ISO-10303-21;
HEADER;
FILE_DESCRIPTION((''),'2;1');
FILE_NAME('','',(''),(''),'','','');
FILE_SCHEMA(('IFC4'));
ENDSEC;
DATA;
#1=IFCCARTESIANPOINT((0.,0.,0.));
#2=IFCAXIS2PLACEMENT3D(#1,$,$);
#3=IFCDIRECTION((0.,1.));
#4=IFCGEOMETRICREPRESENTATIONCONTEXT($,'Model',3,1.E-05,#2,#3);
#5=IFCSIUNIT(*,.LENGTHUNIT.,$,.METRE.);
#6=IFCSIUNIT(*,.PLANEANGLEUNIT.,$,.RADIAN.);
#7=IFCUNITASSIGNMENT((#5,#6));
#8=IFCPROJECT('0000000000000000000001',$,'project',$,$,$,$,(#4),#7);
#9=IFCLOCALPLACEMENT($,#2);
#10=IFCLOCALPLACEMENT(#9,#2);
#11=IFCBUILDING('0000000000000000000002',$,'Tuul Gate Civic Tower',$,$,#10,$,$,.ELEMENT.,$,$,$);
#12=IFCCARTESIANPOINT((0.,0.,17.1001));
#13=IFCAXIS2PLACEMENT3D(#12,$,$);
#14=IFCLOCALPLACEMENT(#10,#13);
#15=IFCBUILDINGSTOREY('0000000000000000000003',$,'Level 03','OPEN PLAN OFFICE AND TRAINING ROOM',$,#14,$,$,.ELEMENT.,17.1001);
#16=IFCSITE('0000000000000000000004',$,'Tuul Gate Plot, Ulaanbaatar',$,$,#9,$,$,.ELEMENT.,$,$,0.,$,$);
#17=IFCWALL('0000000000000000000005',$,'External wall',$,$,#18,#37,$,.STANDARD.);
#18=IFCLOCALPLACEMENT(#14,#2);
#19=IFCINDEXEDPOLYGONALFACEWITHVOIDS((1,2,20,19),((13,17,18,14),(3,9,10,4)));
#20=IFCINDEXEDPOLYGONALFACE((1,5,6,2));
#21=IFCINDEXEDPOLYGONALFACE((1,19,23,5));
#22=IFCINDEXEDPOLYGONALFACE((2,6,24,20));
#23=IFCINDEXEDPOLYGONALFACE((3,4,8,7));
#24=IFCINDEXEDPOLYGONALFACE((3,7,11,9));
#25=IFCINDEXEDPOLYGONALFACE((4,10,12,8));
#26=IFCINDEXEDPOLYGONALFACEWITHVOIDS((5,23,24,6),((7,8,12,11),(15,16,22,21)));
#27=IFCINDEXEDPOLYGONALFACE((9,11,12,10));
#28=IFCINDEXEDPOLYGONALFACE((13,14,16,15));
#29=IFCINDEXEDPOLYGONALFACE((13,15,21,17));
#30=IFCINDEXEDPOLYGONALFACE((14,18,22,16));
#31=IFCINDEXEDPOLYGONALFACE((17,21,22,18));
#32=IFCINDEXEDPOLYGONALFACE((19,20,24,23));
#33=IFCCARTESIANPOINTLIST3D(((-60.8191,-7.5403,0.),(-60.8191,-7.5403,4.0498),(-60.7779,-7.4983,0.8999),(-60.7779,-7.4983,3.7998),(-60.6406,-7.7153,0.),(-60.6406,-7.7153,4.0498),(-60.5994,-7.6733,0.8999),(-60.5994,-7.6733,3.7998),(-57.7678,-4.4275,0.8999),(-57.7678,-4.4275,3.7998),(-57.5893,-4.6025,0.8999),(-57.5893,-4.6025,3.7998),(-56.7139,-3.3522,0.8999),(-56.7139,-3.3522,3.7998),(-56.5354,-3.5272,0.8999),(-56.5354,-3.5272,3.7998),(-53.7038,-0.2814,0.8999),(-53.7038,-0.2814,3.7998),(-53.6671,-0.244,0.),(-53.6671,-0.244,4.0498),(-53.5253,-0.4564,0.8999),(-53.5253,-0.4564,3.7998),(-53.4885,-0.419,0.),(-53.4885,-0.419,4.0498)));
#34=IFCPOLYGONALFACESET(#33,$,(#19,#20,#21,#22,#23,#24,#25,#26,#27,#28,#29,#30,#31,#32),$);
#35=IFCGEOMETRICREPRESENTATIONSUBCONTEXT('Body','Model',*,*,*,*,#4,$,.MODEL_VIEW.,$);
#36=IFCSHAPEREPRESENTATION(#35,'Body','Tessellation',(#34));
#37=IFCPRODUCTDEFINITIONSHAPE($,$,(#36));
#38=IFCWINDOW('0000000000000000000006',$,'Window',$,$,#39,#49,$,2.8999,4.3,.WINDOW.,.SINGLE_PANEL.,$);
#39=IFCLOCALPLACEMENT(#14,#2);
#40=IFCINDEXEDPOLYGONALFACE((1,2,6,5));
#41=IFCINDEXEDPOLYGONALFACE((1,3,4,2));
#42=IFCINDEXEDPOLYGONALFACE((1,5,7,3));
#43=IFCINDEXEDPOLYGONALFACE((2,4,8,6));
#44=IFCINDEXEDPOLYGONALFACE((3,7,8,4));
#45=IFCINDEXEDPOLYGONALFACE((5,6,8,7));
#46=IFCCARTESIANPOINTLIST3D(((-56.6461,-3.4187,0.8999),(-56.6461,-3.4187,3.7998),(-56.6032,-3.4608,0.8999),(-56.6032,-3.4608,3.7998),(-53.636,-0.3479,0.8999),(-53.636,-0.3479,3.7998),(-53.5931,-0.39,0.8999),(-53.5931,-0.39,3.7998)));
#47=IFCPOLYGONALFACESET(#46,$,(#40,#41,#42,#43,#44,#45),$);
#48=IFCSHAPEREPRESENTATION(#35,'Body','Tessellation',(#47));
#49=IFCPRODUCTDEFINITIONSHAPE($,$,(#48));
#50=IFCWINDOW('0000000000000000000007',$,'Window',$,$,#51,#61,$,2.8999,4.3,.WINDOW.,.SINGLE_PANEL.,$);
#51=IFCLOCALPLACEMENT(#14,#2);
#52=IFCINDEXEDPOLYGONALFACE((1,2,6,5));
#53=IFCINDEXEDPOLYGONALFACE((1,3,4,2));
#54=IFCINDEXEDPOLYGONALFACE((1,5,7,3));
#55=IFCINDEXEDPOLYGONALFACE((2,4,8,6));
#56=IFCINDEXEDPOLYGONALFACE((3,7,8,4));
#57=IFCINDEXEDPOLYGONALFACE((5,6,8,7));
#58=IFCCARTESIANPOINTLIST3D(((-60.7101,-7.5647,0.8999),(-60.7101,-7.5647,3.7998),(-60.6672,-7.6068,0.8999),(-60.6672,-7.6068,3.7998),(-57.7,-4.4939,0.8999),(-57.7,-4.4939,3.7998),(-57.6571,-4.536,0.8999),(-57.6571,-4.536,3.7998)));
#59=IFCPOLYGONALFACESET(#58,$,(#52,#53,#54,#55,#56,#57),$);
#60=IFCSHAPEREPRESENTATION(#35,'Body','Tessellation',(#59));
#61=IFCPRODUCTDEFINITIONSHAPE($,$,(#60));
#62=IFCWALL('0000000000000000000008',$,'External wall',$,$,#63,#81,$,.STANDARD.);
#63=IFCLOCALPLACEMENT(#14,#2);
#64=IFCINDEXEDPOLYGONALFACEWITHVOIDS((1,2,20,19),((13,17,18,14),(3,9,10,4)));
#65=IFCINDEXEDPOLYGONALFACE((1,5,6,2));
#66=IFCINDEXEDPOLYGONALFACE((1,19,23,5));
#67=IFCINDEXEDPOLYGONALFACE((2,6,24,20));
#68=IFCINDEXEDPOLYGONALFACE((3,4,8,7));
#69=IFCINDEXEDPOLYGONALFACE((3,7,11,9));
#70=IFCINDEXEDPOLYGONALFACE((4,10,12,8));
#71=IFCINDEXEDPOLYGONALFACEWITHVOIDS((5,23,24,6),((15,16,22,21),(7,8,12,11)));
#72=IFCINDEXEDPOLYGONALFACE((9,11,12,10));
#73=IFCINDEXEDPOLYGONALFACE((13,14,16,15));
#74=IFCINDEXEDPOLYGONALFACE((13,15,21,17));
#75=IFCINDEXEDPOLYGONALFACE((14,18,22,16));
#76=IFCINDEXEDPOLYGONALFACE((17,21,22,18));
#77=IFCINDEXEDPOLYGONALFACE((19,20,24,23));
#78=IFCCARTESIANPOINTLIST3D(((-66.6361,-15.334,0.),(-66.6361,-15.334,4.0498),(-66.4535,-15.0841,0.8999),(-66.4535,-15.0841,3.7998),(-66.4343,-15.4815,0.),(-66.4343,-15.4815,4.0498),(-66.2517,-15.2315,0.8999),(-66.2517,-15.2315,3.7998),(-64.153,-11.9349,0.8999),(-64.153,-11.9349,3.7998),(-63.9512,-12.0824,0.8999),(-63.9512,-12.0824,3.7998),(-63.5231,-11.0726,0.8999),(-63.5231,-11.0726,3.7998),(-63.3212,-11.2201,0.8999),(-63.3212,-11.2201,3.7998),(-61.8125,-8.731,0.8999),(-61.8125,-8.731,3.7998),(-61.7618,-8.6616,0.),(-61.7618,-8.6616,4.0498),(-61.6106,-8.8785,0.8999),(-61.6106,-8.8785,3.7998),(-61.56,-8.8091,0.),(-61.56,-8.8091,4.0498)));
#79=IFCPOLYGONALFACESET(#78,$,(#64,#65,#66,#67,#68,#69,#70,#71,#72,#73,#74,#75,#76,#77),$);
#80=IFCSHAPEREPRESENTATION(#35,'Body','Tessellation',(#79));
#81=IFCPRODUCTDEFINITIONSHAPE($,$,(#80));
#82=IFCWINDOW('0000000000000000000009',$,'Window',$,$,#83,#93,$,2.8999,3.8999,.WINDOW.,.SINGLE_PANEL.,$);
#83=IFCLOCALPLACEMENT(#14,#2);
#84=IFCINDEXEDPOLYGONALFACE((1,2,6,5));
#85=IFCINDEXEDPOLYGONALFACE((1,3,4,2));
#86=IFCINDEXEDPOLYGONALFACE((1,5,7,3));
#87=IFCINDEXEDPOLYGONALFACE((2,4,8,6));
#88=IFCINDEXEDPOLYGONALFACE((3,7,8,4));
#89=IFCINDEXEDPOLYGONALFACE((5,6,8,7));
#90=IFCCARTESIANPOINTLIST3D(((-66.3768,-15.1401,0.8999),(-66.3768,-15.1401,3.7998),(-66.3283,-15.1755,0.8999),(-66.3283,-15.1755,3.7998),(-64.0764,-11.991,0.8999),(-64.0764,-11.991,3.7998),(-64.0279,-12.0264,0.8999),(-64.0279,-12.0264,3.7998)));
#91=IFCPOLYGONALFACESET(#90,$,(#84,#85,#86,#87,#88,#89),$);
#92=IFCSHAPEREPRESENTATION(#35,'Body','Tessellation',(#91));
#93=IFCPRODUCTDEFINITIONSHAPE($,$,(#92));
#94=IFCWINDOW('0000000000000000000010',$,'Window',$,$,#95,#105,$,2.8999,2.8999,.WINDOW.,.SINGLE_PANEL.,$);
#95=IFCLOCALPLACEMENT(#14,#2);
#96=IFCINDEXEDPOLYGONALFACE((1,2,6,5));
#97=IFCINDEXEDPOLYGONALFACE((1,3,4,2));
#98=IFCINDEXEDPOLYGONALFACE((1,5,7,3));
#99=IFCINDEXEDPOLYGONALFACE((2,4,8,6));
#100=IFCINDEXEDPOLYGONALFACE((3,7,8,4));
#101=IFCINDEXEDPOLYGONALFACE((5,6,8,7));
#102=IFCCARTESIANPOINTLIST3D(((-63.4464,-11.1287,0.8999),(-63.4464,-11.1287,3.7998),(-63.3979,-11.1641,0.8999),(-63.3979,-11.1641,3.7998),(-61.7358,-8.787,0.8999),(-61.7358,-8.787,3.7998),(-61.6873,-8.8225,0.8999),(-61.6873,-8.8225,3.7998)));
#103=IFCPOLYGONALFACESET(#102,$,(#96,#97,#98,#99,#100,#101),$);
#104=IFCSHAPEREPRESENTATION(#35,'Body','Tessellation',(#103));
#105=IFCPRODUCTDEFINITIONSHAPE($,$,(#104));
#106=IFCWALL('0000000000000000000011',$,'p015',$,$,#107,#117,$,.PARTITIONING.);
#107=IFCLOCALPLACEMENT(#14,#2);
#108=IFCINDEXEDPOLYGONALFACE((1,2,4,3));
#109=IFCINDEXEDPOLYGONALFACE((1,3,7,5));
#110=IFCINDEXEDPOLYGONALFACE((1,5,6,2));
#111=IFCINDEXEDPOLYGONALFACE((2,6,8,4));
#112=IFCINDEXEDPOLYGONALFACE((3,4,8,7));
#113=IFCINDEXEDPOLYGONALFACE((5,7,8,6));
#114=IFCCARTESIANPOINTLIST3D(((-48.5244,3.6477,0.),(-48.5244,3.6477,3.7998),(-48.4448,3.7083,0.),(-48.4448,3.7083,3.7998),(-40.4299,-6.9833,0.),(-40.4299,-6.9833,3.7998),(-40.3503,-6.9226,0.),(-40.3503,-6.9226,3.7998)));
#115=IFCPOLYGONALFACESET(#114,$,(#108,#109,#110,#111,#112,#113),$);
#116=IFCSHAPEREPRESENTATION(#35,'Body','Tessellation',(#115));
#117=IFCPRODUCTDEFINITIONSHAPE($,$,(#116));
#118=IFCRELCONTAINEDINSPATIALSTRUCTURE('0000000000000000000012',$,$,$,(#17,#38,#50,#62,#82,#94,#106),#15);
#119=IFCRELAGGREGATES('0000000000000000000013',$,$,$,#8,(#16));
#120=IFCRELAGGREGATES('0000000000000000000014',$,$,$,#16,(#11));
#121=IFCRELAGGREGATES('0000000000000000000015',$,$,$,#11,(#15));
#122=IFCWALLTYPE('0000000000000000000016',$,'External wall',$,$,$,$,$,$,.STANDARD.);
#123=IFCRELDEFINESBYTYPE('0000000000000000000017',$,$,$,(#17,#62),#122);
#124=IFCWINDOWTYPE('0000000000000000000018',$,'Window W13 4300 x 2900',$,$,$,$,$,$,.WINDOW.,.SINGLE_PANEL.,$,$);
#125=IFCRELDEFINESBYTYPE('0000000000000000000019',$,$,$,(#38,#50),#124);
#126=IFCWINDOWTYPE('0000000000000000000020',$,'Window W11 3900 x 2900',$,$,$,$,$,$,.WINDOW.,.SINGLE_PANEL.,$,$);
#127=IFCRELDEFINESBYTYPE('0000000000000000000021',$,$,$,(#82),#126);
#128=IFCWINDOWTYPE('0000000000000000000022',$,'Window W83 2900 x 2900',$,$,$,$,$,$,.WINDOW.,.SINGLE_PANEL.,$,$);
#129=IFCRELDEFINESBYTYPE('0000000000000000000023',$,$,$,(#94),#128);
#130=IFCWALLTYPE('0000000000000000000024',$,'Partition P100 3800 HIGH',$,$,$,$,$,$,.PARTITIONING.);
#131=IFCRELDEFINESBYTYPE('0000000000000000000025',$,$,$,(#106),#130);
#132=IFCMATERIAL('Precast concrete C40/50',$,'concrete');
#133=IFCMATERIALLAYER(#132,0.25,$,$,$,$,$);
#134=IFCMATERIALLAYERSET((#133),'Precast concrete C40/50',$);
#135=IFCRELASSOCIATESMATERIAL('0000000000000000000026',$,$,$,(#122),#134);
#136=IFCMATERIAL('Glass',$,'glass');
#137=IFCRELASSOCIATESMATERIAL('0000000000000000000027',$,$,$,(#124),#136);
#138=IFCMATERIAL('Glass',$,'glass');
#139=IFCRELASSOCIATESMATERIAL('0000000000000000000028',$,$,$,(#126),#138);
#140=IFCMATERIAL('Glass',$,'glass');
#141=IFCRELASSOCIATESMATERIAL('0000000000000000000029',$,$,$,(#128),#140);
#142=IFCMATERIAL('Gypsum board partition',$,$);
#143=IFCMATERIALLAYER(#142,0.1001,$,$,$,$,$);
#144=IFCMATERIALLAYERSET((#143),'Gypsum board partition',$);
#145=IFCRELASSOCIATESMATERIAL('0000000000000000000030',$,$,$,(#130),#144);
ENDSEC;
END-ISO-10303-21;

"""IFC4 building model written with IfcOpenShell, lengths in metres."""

from ifc_helpers import new_model, si_unit, direction, frame, frame_2d, origin, place, context, subcontext, project, spatial, rectangle, extrude, material, layer, layer_set, type_object, element, fill, save


model = new_model("IFC4")

# Units and contexts
model_context = context("Model", 3, precision=1e-05, world=origin(), true_north=direction((0.0, 1.0)))
body_context = subcontext(model_context, "Body", "Model", "MODEL_VIEW")
ifc_project = project(units=[si_unit("LENGTHUNIT", "METRE"), si_unit("PLANEANGLEUNIT", "RADIAN")], contexts=[model_context])

# Site, building, storey
site_placement = place(None, origin())
site = spatial("IfcSite", under=ifc_project, at=site_placement, Name="Tuul Gate Plot, Ulaanbaatar", CompositionType="ELEMENT", RefElevation=0.0)
building_placement = place(site_placement, origin())
building = spatial("IfcBuilding", under=site, at=building_placement, Name="Tuul Gate Civic Tower", CompositionType="ELEMENT")
storey_placement = place(building_placement, frame((0.0, 0.0, 17.1001)))
storey = spatial("IfcBuildingStorey", under=building, at=storey_placement, Name="Level 03", Description="OPEN PLAN OFFICE AND TRAINING ROOM", CompositionType="ELEMENT", Elevation=17.1001)

# Walls, openings, windows
ifc_material_1 = material(Name="Precast concrete C40/50", Category="concrete")
ifc_layer_1 = layer(ifc_material_1, 0.25)
ifc_layer_set_1 = layer_set([ifc_layer_1], Name="Precast concrete C40/50")
wall_type_1 = type_object("IfcWallType", Name="External wall", PredefinedType="STANDARD", material=ifc_layer_set_1)
ifc_material_2 = material(Name="Glass", Category="glass")
window_type_1 = type_object("IfcWindowType", Name="Window W13 4300 x 2900", PartitioningType="SINGLE_PANEL", PredefinedType="WINDOW", material=ifc_material_2)
wall_1_placement = place(storey_placement, frame((-53.5779, -0.3315, 0.0), z_axis=(0.0, 0.0, 1.0), x_axis=(-0.70001, -0.714133, 0.0)))
wall_1 = element("IfcWall", 1, at=wall_1_placement, inside=storey, type_object=wall_type_1, Name="External wall", PredefinedType="STANDARD", context=body_context, shape_type="SweptSolid", body=[
    extrude(rectangle(XDim=10.217, YDim=0.25, at=frame_2d((5.1084, 0.0))), origin(), (0.0, 0.0, 1.0), 4.0498),
])
opening_1_placement = place(wall_1_placement, frame((0.0525, 0.0, 0.8999)))
opening_1 = element("IfcOpeningElement", 2, at=opening_1_placement, cuts=wall_1, PredefinedType="OPENING", context=body_context, shape_type="SweptSolid", body=[
    extrude(rectangle(XDim=4.3, YDim=2.8999, at=frame_2d((2.1499, 1.45))), frame((0.0, 0.135, 0.0), z_axis=(0.0, -1.0, 0.0), x_axis=(1.0, 0.0, 0.0)), (0.0, 0.0, 1.0), 0.27),
])
opening_2_placement = place(wall_1_placement, frame((5.8582, 0.0, 0.8999)))
opening_2 = element("IfcOpeningElement", 3, at=opening_2_placement, cuts=wall_1, PredefinedType="OPENING", context=body_context, shape_type="SweptSolid", body=[
    extrude(rectangle(XDim=4.3, YDim=2.8999, at=frame_2d((2.1499, 1.45))), frame((0.0, 0.135, 0.0), z_axis=(0.0, -1.0, 0.0), x_axis=(1.0, 0.0, 0.0)), (0.0, 0.0, 1.0), 0.27),
])
window_1_placement = place(opening_1_placement, origin())
window_1 = element("IfcWindow", 4, at=window_1_placement, inside=storey, type_object=window_type_1, Name="Window", OverallHeight=2.8999, OverallWidth=4.3, PartitioningType="SINGLE_PANEL", PredefinedType="WINDOW", context=body_context, shape_type="SweptSolid", body=[
    extrude(rectangle(XDim=4.3, YDim=2.8999, at=frame_2d((2.1499, 1.45))), frame((0.0, 0.03, 0.0), z_axis=(0.0, -1.0, 0.0), x_axis=(1.0, 0.0, 0.0)), (0.0, 0.0, 1.0), 0.0601),
])
fill(opening_1, window_1)
window_2_placement = place(opening_2_placement, origin())
window_2 = element("IfcWindow", 5, at=window_2_placement, inside=storey, type_object=window_type_1, Name="Window", OverallHeight=2.8999, OverallWidth=4.3, PartitioningType="SINGLE_PANEL", PredefinedType="WINDOW", context=body_context, shape_type="SweptSolid", body=[
    extrude(rectangle(XDim=4.3, YDim=2.8999, at=frame_2d((2.1499, 1.45))), frame((0.0, 0.03, 0.0), z_axis=(0.0, -1.0, 0.0), x_axis=(1.0, 0.0, 0.0)), (0.0, 0.0, 1.0), 0.0601),
])
fill(opening_2, window_2)
wall_2_placement = place(storey_placement, frame((-61.6609, -8.7354, 0.0), z_axis=(0.0, 0.0, 1.0), x_axis=(-0.589883, -0.807489, 0.0)))
wall_2 = element("IfcWall", 6, at=wall_2_placement, inside=storey, type_object=wall_type_1, Name="External wall", PredefinedType="STANDARD", context=body_context, shape_type="SweptSolid", body=[
    extrude(rectangle(XDim=8.2632, YDim=0.25, at=frame_2d((4.1316, 0.0))), origin(), (0.0, 0.0, 1.0), 4.0498),
])
opening_3_placement = place(wall_2_placement, frame((0.0859, 0.0, 0.8999)))
opening_3 = element("IfcOpeningElement", 7, at=opening_3_placement, cuts=wall_2, PredefinedType="OPENING", context=body_context, shape_type="SweptSolid", body=[
    extrude(rectangle(XDim=2.8999, YDim=2.8999, at=frame_2d((1.45, 1.45))), frame((0.0, 0.135, 0.0), z_axis=(0.0, -1.0, 0.0), x_axis=(1.0, 0.0, 0.0)), (0.0, 0.0, 1.0), 0.27),
])
opening_4_placement = place(wall_2_placement, frame((4.0537, 0.0, 0.8999)))
opening_4 = element("IfcOpeningElement", 8, at=opening_4_placement, cuts=wall_2, PredefinedType="OPENING", context=body_context, shape_type="SweptSolid", body=[
    extrude(rectangle(XDim=3.8999, YDim=2.8999, at=frame_2d((1.95, 1.45))), frame((0.0, 0.135, 0.0), z_axis=(0.0, -1.0, 0.0), x_axis=(1.0, 0.0, 0.0)), (0.0, 0.0, 1.0), 0.27),
])
ifc_material_3 = material(Name="Glass", Category="glass")
window_type_2 = type_object("IfcWindowType", Name="Window W11 3900 x 2900", PartitioningType="SINGLE_PANEL", PredefinedType="WINDOW", material=ifc_material_3)
window_3_placement = place(opening_4_placement, origin())
window_3 = element("IfcWindow", 9, at=window_3_placement, inside=storey, type_object=window_type_2, Name="Window", OverallHeight=2.8999, OverallWidth=3.8999, PartitioningType="SINGLE_PANEL", PredefinedType="WINDOW", context=body_context, shape_type="SweptSolid", body=[
    extrude(rectangle(XDim=3.8999, YDim=2.8999, at=frame_2d((1.95, 1.45))), frame((0.0, 0.03, 0.0), z_axis=(0.0, -1.0, 0.0), x_axis=(1.0, 0.0, 0.0)), (0.0, 0.0, 1.0), 0.0601),
])
fill(opening_4, window_3)
ifc_material_4 = material(Name="Glass", Category="glass")
window_type_3 = type_object("IfcWindowType", Name="Window W83 2900 x 2900", PartitioningType="SINGLE_PANEL", PredefinedType="WINDOW", material=ifc_material_4)
window_4_placement = place(opening_3_placement, origin())
window_4 = element("IfcWindow", 10, at=window_4_placement, inside=storey, type_object=window_type_3, Name="Window", OverallHeight=2.8999, OverallWidth=2.8999, PartitioningType="SINGLE_PANEL", PredefinedType="WINDOW", context=body_context, shape_type="SweptSolid", body=[
    extrude(rectangle(XDim=2.8999, YDim=2.8999, at=frame_2d((1.45, 1.45))), frame((0.0, 0.03, 0.0), z_axis=(0.0, -1.0, 0.0), x_axis=(1.0, 0.0, 0.0)), (0.0, 0.0, 1.0), 0.0601),
])
fill(opening_3, window_4)

# Wall
ifc_material_5 = material(Name="Gypsum board partition")
ifc_layer_2 = layer(ifc_material_5, 0.1001)
ifc_layer_set_2 = layer_set([ifc_layer_2], Name="Gypsum board partition")
wall_type_2 = type_object("IfcWallType", Name="Partition P100 3800 HIGH", PredefinedType="PARTITIONING", material=ifc_layer_set_2)
wall_3_placement = place(storey_placement, frame((-48.4846, 3.678, 0.0), z_axis=(0.0, 0.0, 1.0), x_axis=(0.605796, -0.79562, 0.0)))
element("IfcWall", 11, at=wall_3_placement, inside=storey, type_object=wall_type_2, Name="p015", PredefinedType="PARTITIONING", context=body_context, shape_type="SweptSolid", body=[
    extrude(rectangle(XDim=13.3618, YDim=0.1001, at=frame_2d((6.6809, 0.0))), origin(), (0.0, 0.0, 1.0), 3.7998),
])

save(model, "model.ifc")
